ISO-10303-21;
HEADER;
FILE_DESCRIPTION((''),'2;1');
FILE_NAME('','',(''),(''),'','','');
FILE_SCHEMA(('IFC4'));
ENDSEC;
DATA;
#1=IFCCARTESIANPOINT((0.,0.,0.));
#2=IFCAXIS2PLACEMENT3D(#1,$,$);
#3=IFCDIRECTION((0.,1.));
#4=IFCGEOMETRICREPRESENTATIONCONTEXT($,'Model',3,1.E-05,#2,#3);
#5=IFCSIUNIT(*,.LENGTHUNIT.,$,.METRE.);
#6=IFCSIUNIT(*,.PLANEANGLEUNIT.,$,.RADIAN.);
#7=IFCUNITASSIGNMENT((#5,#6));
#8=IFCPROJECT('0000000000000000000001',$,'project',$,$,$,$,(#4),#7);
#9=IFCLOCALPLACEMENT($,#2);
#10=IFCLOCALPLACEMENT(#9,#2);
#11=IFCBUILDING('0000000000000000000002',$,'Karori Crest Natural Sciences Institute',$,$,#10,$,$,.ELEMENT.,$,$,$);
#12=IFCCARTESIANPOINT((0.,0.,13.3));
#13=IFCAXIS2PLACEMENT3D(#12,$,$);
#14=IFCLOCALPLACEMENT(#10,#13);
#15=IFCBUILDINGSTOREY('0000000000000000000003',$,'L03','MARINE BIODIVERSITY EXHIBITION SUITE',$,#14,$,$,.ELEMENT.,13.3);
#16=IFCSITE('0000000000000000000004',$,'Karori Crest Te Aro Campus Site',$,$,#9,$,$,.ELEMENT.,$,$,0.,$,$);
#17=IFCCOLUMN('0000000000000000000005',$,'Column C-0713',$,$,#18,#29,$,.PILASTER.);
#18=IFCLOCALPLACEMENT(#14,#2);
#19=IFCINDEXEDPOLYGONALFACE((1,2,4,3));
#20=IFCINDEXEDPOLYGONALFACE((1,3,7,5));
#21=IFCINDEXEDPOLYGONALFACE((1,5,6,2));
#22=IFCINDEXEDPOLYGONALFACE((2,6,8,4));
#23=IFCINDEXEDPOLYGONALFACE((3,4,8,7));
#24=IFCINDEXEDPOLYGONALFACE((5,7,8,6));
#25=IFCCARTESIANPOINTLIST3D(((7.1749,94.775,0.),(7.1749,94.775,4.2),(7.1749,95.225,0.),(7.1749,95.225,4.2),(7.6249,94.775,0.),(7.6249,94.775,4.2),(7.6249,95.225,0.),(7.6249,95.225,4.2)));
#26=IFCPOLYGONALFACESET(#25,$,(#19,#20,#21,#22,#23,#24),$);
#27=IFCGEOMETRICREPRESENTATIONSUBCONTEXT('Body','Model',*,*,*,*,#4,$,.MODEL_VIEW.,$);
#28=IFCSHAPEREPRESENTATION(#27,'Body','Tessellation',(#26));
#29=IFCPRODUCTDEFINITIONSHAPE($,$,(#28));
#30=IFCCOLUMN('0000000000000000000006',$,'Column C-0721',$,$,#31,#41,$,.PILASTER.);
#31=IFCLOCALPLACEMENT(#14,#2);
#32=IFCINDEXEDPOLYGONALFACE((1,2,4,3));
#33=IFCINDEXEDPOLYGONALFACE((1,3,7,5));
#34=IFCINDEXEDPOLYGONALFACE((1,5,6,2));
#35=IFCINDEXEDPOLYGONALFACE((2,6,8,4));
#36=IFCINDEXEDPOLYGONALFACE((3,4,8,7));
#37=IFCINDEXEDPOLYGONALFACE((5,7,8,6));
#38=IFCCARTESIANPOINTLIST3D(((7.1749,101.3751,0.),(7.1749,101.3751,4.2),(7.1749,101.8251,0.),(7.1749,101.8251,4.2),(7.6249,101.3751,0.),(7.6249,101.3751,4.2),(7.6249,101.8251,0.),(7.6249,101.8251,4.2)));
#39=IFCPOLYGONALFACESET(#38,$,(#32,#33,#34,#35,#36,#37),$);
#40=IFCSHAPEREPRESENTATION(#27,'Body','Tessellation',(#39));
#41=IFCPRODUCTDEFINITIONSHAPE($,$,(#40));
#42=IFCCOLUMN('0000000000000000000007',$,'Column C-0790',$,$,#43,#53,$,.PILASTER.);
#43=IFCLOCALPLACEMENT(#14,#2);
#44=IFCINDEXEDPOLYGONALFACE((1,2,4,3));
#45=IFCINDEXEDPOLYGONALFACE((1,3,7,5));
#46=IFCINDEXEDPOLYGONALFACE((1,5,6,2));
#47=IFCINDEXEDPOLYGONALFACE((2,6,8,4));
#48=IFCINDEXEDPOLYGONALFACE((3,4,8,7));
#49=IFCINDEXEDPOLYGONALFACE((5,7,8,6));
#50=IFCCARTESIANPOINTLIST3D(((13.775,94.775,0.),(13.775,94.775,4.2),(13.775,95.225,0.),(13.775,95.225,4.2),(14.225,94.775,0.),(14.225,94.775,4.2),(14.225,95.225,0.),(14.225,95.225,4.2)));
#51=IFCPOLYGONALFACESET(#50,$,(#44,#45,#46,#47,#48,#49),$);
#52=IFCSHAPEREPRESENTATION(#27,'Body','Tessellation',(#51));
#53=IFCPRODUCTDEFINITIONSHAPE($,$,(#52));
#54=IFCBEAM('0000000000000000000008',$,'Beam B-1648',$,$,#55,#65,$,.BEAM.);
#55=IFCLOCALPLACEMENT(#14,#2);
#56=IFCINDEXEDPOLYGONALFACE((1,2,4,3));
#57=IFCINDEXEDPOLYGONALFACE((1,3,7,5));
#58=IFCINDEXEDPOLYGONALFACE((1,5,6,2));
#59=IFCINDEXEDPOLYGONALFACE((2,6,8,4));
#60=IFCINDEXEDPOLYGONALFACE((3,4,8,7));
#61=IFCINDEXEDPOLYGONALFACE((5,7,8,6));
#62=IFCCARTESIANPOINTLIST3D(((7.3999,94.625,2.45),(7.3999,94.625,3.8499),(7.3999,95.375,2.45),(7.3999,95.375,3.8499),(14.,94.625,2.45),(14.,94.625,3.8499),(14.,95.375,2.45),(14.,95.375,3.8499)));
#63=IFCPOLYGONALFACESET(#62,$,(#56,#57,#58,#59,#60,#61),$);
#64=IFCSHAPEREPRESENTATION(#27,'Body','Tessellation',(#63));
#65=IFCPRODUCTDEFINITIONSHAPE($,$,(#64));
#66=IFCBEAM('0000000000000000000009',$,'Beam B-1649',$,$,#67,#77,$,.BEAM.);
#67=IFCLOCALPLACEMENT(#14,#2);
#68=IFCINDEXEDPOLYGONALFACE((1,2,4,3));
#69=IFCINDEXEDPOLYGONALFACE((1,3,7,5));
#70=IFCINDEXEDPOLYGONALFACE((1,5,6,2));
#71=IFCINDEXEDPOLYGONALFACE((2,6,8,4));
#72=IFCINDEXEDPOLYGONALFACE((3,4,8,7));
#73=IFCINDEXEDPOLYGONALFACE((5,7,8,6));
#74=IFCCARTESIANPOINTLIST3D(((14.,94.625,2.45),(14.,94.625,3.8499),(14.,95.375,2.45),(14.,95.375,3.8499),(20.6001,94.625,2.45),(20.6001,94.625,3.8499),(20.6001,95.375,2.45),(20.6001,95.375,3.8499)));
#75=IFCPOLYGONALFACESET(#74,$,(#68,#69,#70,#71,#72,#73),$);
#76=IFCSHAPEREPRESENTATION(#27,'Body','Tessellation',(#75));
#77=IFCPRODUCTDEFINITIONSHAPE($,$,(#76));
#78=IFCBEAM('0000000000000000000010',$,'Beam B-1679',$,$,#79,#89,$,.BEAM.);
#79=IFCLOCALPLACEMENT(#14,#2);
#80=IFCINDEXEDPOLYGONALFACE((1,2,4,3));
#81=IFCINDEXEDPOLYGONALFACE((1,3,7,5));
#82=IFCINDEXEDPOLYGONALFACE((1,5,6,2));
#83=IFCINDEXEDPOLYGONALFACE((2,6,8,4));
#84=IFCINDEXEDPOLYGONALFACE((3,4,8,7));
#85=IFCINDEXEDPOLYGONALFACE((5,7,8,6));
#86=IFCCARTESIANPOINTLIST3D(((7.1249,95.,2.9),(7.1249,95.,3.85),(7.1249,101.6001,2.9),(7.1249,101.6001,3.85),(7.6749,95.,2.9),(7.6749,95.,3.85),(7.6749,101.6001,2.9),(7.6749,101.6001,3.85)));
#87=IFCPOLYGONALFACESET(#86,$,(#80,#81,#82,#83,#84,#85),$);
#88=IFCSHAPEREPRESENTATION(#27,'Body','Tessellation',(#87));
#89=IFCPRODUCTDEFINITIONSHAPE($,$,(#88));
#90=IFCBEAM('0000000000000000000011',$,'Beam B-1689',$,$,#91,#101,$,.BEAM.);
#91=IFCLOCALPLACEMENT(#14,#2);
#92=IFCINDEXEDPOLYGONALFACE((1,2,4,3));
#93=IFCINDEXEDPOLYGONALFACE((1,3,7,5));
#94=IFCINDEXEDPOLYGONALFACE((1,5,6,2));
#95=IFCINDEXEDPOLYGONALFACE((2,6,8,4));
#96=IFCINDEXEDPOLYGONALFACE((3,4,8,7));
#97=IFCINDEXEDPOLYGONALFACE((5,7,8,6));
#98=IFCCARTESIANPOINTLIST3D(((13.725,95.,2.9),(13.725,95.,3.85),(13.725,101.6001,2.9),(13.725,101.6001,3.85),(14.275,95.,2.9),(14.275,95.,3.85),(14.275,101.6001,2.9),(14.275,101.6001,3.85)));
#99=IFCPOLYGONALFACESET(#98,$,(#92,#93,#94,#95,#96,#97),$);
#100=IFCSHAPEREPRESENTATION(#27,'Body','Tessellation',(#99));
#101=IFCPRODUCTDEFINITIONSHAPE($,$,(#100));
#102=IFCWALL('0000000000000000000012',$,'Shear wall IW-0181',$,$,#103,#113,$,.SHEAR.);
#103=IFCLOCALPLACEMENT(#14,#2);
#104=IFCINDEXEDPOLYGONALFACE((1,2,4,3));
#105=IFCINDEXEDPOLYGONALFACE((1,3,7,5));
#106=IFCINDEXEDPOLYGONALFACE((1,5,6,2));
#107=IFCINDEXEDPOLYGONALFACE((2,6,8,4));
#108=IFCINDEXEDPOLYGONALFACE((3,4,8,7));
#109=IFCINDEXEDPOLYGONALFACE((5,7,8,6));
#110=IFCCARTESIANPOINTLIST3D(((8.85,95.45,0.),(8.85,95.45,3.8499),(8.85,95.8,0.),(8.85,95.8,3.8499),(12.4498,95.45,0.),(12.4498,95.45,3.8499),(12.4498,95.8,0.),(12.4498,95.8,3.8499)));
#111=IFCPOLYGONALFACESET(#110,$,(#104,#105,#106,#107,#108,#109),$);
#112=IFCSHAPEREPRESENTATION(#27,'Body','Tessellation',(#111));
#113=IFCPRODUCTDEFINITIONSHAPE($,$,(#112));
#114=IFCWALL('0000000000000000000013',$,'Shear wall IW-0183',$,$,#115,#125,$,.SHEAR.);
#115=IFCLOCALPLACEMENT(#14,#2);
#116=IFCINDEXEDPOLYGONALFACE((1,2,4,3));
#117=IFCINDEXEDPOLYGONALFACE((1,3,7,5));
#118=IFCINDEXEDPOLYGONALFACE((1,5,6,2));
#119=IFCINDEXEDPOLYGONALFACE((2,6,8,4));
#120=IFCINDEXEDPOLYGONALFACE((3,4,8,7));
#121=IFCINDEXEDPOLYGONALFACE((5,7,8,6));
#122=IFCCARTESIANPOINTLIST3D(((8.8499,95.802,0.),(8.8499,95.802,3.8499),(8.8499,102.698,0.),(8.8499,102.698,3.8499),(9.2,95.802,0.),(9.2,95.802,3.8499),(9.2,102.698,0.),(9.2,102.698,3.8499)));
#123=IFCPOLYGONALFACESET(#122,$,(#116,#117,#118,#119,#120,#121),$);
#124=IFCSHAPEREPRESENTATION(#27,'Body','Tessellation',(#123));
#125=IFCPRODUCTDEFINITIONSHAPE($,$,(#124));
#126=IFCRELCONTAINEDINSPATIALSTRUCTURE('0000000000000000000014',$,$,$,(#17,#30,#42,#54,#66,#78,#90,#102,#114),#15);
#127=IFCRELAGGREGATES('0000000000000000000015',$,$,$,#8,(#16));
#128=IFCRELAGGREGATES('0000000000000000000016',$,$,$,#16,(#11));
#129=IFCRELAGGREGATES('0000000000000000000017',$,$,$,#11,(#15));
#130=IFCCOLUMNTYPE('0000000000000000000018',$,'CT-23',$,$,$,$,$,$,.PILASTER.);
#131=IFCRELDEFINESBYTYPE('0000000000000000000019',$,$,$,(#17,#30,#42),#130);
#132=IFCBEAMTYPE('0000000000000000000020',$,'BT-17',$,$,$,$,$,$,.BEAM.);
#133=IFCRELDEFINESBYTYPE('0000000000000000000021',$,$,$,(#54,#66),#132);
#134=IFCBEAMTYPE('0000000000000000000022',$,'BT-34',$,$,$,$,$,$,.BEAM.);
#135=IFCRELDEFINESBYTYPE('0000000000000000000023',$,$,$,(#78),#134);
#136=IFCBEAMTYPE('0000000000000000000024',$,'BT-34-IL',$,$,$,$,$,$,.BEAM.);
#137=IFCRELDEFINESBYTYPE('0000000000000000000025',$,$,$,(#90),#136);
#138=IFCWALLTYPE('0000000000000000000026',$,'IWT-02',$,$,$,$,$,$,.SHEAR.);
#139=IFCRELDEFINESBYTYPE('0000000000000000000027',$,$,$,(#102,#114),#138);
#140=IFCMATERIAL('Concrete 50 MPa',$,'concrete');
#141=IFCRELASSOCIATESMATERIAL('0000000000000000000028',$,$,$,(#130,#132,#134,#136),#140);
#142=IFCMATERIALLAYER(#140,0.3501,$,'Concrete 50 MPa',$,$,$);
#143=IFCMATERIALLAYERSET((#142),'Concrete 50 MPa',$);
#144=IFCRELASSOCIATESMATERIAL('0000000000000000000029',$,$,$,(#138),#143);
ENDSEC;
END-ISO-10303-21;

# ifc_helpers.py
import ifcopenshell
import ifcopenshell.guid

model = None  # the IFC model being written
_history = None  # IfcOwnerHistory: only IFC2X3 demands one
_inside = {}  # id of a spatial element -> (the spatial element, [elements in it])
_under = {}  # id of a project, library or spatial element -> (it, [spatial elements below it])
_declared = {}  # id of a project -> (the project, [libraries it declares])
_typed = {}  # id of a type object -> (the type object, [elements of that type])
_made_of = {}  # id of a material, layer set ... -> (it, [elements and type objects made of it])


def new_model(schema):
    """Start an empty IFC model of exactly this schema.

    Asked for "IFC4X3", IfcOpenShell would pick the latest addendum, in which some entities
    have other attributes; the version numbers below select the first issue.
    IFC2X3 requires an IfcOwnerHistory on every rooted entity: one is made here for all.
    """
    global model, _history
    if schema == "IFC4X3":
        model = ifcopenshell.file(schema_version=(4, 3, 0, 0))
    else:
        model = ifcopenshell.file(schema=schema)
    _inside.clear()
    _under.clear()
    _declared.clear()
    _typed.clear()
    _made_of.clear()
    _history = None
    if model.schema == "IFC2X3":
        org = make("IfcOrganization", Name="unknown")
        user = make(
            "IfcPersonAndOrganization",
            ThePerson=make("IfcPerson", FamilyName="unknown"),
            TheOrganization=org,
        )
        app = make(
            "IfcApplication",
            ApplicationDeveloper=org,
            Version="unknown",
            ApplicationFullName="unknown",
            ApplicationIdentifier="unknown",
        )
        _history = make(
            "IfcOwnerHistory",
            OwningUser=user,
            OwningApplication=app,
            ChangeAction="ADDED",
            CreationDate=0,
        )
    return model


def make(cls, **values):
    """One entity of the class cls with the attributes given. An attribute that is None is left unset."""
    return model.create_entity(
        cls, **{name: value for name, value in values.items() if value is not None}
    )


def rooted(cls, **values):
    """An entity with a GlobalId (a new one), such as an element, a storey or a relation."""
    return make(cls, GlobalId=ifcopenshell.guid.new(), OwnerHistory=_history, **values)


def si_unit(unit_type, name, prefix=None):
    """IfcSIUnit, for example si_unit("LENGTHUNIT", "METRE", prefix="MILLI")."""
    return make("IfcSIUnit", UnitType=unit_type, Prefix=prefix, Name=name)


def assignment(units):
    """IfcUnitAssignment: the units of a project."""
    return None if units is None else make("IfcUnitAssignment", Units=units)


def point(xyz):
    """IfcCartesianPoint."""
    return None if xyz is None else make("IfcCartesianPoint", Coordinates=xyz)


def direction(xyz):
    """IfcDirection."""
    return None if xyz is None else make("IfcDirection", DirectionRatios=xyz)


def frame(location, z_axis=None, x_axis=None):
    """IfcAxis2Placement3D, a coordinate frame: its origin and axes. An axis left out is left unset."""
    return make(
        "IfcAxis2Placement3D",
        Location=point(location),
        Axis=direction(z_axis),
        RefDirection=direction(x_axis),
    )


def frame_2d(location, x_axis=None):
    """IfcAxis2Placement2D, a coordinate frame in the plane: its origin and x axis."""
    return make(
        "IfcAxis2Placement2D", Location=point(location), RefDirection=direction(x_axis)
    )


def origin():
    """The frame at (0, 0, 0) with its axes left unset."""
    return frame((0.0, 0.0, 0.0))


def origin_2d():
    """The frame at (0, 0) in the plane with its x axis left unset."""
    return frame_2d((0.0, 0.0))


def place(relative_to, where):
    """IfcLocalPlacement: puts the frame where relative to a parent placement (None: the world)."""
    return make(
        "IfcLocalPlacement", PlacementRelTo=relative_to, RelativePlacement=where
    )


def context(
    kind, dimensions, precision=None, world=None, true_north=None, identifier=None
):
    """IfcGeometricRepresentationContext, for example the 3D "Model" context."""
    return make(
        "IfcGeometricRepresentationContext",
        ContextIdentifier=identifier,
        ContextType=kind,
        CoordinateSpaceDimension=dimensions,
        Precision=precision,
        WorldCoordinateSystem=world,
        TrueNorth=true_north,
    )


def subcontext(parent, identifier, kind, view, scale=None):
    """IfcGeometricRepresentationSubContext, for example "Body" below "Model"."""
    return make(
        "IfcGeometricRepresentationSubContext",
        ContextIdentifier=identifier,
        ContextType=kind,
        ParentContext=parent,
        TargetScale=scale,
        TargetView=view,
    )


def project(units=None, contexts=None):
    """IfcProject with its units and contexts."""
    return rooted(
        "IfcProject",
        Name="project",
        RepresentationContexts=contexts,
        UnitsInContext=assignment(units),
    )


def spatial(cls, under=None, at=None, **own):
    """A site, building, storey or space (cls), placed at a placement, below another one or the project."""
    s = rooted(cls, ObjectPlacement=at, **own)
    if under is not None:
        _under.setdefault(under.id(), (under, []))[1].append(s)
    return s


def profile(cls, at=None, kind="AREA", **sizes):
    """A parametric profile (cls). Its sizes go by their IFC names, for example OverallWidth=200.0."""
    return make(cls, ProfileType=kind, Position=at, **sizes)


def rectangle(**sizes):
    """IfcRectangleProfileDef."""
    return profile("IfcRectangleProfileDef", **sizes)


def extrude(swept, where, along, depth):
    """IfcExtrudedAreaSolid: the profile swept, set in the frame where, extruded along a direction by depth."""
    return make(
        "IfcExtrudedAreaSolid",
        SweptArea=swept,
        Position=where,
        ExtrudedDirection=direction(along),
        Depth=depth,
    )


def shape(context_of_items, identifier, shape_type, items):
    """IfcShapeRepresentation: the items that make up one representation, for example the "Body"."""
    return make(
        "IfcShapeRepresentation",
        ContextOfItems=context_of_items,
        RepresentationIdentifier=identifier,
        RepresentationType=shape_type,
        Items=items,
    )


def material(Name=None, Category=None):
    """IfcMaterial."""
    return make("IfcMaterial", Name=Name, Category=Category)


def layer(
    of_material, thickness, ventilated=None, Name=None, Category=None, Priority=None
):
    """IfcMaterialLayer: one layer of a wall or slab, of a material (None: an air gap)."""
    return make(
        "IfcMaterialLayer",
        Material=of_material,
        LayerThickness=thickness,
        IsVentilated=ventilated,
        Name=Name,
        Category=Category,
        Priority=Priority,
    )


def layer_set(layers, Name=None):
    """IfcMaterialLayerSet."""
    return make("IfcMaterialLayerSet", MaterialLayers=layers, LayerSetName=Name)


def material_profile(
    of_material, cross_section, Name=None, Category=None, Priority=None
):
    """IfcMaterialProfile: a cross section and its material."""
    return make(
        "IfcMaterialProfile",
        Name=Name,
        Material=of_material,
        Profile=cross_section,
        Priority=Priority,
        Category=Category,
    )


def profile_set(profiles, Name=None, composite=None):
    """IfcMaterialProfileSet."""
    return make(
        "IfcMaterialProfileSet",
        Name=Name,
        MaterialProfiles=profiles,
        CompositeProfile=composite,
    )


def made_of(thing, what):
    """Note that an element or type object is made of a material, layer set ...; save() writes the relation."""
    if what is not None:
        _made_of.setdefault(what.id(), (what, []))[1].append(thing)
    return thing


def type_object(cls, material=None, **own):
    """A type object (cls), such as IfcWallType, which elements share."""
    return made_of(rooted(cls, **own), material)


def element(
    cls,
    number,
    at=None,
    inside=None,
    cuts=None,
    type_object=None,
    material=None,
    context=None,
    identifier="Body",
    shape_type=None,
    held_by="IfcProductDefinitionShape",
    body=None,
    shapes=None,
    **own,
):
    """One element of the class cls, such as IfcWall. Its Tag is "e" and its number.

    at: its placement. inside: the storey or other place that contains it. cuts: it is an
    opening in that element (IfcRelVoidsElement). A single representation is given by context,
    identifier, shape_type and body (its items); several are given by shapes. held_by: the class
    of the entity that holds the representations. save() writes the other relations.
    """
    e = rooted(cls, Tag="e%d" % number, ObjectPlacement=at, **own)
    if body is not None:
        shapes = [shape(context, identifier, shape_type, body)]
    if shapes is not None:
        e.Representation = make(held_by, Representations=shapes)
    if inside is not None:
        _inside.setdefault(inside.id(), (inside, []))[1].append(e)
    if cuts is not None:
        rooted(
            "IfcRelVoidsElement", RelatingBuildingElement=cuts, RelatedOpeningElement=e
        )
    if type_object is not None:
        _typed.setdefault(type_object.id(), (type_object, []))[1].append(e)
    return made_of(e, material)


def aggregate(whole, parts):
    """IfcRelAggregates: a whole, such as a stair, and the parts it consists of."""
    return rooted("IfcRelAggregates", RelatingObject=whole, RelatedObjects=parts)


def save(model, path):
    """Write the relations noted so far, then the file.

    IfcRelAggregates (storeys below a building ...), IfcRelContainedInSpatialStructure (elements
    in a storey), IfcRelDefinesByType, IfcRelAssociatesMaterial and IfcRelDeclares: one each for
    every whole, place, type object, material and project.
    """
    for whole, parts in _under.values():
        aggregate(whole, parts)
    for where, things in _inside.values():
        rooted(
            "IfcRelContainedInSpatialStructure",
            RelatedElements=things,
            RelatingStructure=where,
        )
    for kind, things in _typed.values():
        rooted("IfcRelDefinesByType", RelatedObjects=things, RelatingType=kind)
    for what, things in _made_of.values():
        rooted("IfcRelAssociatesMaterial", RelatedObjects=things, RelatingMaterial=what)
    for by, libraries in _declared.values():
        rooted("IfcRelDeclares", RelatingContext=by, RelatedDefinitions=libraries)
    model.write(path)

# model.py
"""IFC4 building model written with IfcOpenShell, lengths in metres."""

from ifc_helpers import new_model, si_unit, direction, frame, frame_2d, origin, origin_2d, place, context, subcontext, project, spatial, rectangle, extrude, material, layer, layer_set, material_profile, profile_set, type_object, element, save


model = new_model("IFC4")

# Units and contexts
model_context = context("Model", 3, precision=1e-05, world=origin(), true_north=direction((0.0, 1.0)))
body_context = subcontext(model_context, "Body", "Model", "MODEL_VIEW")
ifc_project = project(units=[si_unit("LENGTHUNIT", "METRE"), si_unit("PLANEANGLEUNIT", "RADIAN")], contexts=[model_context])

# Site, building, storey
site_placement = place(None, origin())
site = spatial("IfcSite", under=ifc_project, at=site_placement, Name="Karori Crest Te Aro Campus Site", CompositionType="ELEMENT", RefElevation=0.0)
building_placement = place(site_placement, origin())
building = spatial("IfcBuilding", under=site, at=building_placement, Name="Karori Crest Natural Sciences Institute", CompositionType="ELEMENT")
storey_placement = place(building_placement, frame((0.0, 0.0, 13.3)))
storey = spatial("IfcBuildingStorey", under=building, at=storey_placement, Name="L03", Description="MARINE BIODIVERSITY EXHIBITION SUITE", CompositionType="ELEMENT", Elevation=13.3)

# Columns
ifc_material_1 = material(Name="Concrete 50 MPa", Category="concrete")
ifc_material_profile_1 = material_profile(ifc_material_1, rectangle(XDim=0.45, YDim=0.45, at=origin_2d()), Name="RC450x450")
ifc_profile_set_1 = profile_set([ifc_material_profile_1], Name="Concrete 50 MPa")
column_type = type_object("IfcColumnType", Name="CT-23", PredefinedType="PILASTER", material=ifc_profile_set_1)
for number, where, z_axis, x_axis, name in (
    (1, (7.3999, 95.0, 0.0), (0.0, 0.0, 1.0), (1.0, 0.0, 0.0), "Column C-0713"),
    (2, (7.3999, 101.6001, 0.0), (0.0, 0.0, 1.0), (1.0, 0.0, 0.0), "Column C-0721"),
    (3, (14.0, 95.0, 0.0), (0.0, 0.0, 1.0), (1.0, 0.0, 0.0), "Column C-0790"),
):
    element("IfcColumn", number, at=place(storey_placement, frame(where, z_axis=z_axis, x_axis=x_axis)), inside=storey, type_object=column_type, Name=name, PredefinedType="PILASTER", context=body_context, shape_type="SweptSolid", body=[
        extrude(rectangle(XDim=0.45, YDim=0.45, at=origin_2d()), origin(), (0.0, 0.0, 1.0), 4.2),
    ])

# Beams
ifc_material_profile_2 = material_profile(ifc_material_1, rectangle(XDim=0.75, YDim=1.3999, at=origin_2d()), Name="RCB750x1400")
ifc_profile_set_2 = profile_set([ifc_material_profile_2], Name="Concrete 50 MPa")
beam_type_1 = type_object("IfcBeamType", Name="BT-17", PredefinedType="BEAM", material=ifc_profile_set_2)
for number, where, z_axis, x_axis, name in (
    (4, (7.3999, 95.0, 3.1499), (1.0, 0.0, 0.0), (0.0, 1.0, 0.0), "Beam B-1648"),
    (5, (14.0, 95.0, 3.1499), (1.0, 0.0, 0.0), (0.0, 1.0, 0.0), "Beam B-1649"),
):
    element("IfcBeam", number, at=place(storey_placement, frame(where, z_axis=z_axis, x_axis=x_axis)), inside=storey, type_object=beam_type_1, Name=name, PredefinedType="BEAM", context=body_context, shape_type="SweptSolid", body=[
        extrude(rectangle(XDim=0.75, YDim=1.3999, at=origin_2d()), origin(), (0.0, 0.0, 1.0), 6.6001),
    ])
ifc_material_profile_3 = material_profile(ifc_material_1, rectangle(XDim=0.55, YDim=0.95, at=origin_2d()), Name="RCB550x950")
ifc_profile_set_3 = profile_set([ifc_material_profile_3], Name="Concrete 50 MPa")
beam_type_2 = type_object("IfcBeamType", Name="BT-34", PredefinedType="BEAM", material=ifc_profile_set_3)
beam_1_placement = place(storey_placement, frame((7.3999, 95.0, 3.375), z_axis=(0.0, 1.0, 0.0), x_axis=(-1.0, 0.0, 0.0)))
element("IfcBeam", 6, at=beam_1_placement, inside=storey, type_object=beam_type_2, Name="Beam B-1679", PredefinedType="BEAM", context=body_context, shape_type="SweptSolid", body=[
    extrude(rectangle(XDim=0.55, YDim=0.95, at=origin_2d()), origin(), (0.0, 0.0, 1.0), 6.6001),
])
ifc_material_profile_4 = material_profile(ifc_material_1, rectangle(XDim=0.55, YDim=0.95, at=origin_2d()), Name="RCB550x950")
ifc_profile_set_4 = profile_set([ifc_material_profile_4], Name="Concrete 50 MPa")
beam_type_3 = type_object("IfcBeamType", Name="BT-34-IL", PredefinedType="BEAM", material=ifc_profile_set_4)
beam_2_placement = place(storey_placement, frame((14.0, 95.0, 3.375), z_axis=(0.0, 1.0, 0.0), x_axis=(-1.0, 0.0, 0.0)))
element("IfcBeam", 7, at=beam_2_placement, inside=storey, type_object=beam_type_3, Name="Beam B-1689", PredefinedType="BEAM", context=body_context, shape_type="SweptSolid", body=[
    extrude(rectangle(XDim=0.55, YDim=0.95, at=origin_2d()), origin(), (0.0, 0.0, 1.0), 6.6001),
])

# Walls
ifc_layer_1 = layer(ifc_material_1, 0.3501, Name="Concrete 50 MPa")
ifc_layer_set_1 = layer_set([ifc_layer_1], Name="Concrete 50 MPa")
wall_type_1 = type_object("IfcWallType", Name="IWT-02", PredefinedType="SHEAR", material=ifc_layer_set_1)
wall_1_placement = place(storey_placement, frame((8.8501, 95.625, 0.0), z_axis=(0.0, 0.0, 1.0), x_axis=(1.0, 0.0, 0.0)))
element("IfcWall", 8, at=wall_1_placement, inside=storey, type_object=wall_type_1, Name="Shear wall IW-0181", PredefinedType="SHEAR", context=body_context, shape_type="SweptSolid", body=[
    extrude(rectangle(XDim=3.5999, YDim=0.3501, at=frame_2d((1.7998, 0.0))), origin(), (0.0, 0.0, 1.0), 3.8499),
])
wall_2_placement = place(storey_placement, frame((9.0249, 95.802, 0.0), z_axis=(0.0, 0.0, 1.0), x_axis=(0.0, 1.0, 0.0)))
element("IfcWall", 9, at=wall_2_placement, inside=storey, type_object=wall_type_1, Name="Shear wall IW-0183", PredefinedType="SHEAR", context=body_context, shape_type="SweptSolid", body=[
    extrude(rectangle(XDim=6.896, YDim=0.3501, at=frame_2d((3.448, 0.0))), origin(), (0.0, 0.0, 1.0), 3.8499),
])

save(model, "model.ifc")
